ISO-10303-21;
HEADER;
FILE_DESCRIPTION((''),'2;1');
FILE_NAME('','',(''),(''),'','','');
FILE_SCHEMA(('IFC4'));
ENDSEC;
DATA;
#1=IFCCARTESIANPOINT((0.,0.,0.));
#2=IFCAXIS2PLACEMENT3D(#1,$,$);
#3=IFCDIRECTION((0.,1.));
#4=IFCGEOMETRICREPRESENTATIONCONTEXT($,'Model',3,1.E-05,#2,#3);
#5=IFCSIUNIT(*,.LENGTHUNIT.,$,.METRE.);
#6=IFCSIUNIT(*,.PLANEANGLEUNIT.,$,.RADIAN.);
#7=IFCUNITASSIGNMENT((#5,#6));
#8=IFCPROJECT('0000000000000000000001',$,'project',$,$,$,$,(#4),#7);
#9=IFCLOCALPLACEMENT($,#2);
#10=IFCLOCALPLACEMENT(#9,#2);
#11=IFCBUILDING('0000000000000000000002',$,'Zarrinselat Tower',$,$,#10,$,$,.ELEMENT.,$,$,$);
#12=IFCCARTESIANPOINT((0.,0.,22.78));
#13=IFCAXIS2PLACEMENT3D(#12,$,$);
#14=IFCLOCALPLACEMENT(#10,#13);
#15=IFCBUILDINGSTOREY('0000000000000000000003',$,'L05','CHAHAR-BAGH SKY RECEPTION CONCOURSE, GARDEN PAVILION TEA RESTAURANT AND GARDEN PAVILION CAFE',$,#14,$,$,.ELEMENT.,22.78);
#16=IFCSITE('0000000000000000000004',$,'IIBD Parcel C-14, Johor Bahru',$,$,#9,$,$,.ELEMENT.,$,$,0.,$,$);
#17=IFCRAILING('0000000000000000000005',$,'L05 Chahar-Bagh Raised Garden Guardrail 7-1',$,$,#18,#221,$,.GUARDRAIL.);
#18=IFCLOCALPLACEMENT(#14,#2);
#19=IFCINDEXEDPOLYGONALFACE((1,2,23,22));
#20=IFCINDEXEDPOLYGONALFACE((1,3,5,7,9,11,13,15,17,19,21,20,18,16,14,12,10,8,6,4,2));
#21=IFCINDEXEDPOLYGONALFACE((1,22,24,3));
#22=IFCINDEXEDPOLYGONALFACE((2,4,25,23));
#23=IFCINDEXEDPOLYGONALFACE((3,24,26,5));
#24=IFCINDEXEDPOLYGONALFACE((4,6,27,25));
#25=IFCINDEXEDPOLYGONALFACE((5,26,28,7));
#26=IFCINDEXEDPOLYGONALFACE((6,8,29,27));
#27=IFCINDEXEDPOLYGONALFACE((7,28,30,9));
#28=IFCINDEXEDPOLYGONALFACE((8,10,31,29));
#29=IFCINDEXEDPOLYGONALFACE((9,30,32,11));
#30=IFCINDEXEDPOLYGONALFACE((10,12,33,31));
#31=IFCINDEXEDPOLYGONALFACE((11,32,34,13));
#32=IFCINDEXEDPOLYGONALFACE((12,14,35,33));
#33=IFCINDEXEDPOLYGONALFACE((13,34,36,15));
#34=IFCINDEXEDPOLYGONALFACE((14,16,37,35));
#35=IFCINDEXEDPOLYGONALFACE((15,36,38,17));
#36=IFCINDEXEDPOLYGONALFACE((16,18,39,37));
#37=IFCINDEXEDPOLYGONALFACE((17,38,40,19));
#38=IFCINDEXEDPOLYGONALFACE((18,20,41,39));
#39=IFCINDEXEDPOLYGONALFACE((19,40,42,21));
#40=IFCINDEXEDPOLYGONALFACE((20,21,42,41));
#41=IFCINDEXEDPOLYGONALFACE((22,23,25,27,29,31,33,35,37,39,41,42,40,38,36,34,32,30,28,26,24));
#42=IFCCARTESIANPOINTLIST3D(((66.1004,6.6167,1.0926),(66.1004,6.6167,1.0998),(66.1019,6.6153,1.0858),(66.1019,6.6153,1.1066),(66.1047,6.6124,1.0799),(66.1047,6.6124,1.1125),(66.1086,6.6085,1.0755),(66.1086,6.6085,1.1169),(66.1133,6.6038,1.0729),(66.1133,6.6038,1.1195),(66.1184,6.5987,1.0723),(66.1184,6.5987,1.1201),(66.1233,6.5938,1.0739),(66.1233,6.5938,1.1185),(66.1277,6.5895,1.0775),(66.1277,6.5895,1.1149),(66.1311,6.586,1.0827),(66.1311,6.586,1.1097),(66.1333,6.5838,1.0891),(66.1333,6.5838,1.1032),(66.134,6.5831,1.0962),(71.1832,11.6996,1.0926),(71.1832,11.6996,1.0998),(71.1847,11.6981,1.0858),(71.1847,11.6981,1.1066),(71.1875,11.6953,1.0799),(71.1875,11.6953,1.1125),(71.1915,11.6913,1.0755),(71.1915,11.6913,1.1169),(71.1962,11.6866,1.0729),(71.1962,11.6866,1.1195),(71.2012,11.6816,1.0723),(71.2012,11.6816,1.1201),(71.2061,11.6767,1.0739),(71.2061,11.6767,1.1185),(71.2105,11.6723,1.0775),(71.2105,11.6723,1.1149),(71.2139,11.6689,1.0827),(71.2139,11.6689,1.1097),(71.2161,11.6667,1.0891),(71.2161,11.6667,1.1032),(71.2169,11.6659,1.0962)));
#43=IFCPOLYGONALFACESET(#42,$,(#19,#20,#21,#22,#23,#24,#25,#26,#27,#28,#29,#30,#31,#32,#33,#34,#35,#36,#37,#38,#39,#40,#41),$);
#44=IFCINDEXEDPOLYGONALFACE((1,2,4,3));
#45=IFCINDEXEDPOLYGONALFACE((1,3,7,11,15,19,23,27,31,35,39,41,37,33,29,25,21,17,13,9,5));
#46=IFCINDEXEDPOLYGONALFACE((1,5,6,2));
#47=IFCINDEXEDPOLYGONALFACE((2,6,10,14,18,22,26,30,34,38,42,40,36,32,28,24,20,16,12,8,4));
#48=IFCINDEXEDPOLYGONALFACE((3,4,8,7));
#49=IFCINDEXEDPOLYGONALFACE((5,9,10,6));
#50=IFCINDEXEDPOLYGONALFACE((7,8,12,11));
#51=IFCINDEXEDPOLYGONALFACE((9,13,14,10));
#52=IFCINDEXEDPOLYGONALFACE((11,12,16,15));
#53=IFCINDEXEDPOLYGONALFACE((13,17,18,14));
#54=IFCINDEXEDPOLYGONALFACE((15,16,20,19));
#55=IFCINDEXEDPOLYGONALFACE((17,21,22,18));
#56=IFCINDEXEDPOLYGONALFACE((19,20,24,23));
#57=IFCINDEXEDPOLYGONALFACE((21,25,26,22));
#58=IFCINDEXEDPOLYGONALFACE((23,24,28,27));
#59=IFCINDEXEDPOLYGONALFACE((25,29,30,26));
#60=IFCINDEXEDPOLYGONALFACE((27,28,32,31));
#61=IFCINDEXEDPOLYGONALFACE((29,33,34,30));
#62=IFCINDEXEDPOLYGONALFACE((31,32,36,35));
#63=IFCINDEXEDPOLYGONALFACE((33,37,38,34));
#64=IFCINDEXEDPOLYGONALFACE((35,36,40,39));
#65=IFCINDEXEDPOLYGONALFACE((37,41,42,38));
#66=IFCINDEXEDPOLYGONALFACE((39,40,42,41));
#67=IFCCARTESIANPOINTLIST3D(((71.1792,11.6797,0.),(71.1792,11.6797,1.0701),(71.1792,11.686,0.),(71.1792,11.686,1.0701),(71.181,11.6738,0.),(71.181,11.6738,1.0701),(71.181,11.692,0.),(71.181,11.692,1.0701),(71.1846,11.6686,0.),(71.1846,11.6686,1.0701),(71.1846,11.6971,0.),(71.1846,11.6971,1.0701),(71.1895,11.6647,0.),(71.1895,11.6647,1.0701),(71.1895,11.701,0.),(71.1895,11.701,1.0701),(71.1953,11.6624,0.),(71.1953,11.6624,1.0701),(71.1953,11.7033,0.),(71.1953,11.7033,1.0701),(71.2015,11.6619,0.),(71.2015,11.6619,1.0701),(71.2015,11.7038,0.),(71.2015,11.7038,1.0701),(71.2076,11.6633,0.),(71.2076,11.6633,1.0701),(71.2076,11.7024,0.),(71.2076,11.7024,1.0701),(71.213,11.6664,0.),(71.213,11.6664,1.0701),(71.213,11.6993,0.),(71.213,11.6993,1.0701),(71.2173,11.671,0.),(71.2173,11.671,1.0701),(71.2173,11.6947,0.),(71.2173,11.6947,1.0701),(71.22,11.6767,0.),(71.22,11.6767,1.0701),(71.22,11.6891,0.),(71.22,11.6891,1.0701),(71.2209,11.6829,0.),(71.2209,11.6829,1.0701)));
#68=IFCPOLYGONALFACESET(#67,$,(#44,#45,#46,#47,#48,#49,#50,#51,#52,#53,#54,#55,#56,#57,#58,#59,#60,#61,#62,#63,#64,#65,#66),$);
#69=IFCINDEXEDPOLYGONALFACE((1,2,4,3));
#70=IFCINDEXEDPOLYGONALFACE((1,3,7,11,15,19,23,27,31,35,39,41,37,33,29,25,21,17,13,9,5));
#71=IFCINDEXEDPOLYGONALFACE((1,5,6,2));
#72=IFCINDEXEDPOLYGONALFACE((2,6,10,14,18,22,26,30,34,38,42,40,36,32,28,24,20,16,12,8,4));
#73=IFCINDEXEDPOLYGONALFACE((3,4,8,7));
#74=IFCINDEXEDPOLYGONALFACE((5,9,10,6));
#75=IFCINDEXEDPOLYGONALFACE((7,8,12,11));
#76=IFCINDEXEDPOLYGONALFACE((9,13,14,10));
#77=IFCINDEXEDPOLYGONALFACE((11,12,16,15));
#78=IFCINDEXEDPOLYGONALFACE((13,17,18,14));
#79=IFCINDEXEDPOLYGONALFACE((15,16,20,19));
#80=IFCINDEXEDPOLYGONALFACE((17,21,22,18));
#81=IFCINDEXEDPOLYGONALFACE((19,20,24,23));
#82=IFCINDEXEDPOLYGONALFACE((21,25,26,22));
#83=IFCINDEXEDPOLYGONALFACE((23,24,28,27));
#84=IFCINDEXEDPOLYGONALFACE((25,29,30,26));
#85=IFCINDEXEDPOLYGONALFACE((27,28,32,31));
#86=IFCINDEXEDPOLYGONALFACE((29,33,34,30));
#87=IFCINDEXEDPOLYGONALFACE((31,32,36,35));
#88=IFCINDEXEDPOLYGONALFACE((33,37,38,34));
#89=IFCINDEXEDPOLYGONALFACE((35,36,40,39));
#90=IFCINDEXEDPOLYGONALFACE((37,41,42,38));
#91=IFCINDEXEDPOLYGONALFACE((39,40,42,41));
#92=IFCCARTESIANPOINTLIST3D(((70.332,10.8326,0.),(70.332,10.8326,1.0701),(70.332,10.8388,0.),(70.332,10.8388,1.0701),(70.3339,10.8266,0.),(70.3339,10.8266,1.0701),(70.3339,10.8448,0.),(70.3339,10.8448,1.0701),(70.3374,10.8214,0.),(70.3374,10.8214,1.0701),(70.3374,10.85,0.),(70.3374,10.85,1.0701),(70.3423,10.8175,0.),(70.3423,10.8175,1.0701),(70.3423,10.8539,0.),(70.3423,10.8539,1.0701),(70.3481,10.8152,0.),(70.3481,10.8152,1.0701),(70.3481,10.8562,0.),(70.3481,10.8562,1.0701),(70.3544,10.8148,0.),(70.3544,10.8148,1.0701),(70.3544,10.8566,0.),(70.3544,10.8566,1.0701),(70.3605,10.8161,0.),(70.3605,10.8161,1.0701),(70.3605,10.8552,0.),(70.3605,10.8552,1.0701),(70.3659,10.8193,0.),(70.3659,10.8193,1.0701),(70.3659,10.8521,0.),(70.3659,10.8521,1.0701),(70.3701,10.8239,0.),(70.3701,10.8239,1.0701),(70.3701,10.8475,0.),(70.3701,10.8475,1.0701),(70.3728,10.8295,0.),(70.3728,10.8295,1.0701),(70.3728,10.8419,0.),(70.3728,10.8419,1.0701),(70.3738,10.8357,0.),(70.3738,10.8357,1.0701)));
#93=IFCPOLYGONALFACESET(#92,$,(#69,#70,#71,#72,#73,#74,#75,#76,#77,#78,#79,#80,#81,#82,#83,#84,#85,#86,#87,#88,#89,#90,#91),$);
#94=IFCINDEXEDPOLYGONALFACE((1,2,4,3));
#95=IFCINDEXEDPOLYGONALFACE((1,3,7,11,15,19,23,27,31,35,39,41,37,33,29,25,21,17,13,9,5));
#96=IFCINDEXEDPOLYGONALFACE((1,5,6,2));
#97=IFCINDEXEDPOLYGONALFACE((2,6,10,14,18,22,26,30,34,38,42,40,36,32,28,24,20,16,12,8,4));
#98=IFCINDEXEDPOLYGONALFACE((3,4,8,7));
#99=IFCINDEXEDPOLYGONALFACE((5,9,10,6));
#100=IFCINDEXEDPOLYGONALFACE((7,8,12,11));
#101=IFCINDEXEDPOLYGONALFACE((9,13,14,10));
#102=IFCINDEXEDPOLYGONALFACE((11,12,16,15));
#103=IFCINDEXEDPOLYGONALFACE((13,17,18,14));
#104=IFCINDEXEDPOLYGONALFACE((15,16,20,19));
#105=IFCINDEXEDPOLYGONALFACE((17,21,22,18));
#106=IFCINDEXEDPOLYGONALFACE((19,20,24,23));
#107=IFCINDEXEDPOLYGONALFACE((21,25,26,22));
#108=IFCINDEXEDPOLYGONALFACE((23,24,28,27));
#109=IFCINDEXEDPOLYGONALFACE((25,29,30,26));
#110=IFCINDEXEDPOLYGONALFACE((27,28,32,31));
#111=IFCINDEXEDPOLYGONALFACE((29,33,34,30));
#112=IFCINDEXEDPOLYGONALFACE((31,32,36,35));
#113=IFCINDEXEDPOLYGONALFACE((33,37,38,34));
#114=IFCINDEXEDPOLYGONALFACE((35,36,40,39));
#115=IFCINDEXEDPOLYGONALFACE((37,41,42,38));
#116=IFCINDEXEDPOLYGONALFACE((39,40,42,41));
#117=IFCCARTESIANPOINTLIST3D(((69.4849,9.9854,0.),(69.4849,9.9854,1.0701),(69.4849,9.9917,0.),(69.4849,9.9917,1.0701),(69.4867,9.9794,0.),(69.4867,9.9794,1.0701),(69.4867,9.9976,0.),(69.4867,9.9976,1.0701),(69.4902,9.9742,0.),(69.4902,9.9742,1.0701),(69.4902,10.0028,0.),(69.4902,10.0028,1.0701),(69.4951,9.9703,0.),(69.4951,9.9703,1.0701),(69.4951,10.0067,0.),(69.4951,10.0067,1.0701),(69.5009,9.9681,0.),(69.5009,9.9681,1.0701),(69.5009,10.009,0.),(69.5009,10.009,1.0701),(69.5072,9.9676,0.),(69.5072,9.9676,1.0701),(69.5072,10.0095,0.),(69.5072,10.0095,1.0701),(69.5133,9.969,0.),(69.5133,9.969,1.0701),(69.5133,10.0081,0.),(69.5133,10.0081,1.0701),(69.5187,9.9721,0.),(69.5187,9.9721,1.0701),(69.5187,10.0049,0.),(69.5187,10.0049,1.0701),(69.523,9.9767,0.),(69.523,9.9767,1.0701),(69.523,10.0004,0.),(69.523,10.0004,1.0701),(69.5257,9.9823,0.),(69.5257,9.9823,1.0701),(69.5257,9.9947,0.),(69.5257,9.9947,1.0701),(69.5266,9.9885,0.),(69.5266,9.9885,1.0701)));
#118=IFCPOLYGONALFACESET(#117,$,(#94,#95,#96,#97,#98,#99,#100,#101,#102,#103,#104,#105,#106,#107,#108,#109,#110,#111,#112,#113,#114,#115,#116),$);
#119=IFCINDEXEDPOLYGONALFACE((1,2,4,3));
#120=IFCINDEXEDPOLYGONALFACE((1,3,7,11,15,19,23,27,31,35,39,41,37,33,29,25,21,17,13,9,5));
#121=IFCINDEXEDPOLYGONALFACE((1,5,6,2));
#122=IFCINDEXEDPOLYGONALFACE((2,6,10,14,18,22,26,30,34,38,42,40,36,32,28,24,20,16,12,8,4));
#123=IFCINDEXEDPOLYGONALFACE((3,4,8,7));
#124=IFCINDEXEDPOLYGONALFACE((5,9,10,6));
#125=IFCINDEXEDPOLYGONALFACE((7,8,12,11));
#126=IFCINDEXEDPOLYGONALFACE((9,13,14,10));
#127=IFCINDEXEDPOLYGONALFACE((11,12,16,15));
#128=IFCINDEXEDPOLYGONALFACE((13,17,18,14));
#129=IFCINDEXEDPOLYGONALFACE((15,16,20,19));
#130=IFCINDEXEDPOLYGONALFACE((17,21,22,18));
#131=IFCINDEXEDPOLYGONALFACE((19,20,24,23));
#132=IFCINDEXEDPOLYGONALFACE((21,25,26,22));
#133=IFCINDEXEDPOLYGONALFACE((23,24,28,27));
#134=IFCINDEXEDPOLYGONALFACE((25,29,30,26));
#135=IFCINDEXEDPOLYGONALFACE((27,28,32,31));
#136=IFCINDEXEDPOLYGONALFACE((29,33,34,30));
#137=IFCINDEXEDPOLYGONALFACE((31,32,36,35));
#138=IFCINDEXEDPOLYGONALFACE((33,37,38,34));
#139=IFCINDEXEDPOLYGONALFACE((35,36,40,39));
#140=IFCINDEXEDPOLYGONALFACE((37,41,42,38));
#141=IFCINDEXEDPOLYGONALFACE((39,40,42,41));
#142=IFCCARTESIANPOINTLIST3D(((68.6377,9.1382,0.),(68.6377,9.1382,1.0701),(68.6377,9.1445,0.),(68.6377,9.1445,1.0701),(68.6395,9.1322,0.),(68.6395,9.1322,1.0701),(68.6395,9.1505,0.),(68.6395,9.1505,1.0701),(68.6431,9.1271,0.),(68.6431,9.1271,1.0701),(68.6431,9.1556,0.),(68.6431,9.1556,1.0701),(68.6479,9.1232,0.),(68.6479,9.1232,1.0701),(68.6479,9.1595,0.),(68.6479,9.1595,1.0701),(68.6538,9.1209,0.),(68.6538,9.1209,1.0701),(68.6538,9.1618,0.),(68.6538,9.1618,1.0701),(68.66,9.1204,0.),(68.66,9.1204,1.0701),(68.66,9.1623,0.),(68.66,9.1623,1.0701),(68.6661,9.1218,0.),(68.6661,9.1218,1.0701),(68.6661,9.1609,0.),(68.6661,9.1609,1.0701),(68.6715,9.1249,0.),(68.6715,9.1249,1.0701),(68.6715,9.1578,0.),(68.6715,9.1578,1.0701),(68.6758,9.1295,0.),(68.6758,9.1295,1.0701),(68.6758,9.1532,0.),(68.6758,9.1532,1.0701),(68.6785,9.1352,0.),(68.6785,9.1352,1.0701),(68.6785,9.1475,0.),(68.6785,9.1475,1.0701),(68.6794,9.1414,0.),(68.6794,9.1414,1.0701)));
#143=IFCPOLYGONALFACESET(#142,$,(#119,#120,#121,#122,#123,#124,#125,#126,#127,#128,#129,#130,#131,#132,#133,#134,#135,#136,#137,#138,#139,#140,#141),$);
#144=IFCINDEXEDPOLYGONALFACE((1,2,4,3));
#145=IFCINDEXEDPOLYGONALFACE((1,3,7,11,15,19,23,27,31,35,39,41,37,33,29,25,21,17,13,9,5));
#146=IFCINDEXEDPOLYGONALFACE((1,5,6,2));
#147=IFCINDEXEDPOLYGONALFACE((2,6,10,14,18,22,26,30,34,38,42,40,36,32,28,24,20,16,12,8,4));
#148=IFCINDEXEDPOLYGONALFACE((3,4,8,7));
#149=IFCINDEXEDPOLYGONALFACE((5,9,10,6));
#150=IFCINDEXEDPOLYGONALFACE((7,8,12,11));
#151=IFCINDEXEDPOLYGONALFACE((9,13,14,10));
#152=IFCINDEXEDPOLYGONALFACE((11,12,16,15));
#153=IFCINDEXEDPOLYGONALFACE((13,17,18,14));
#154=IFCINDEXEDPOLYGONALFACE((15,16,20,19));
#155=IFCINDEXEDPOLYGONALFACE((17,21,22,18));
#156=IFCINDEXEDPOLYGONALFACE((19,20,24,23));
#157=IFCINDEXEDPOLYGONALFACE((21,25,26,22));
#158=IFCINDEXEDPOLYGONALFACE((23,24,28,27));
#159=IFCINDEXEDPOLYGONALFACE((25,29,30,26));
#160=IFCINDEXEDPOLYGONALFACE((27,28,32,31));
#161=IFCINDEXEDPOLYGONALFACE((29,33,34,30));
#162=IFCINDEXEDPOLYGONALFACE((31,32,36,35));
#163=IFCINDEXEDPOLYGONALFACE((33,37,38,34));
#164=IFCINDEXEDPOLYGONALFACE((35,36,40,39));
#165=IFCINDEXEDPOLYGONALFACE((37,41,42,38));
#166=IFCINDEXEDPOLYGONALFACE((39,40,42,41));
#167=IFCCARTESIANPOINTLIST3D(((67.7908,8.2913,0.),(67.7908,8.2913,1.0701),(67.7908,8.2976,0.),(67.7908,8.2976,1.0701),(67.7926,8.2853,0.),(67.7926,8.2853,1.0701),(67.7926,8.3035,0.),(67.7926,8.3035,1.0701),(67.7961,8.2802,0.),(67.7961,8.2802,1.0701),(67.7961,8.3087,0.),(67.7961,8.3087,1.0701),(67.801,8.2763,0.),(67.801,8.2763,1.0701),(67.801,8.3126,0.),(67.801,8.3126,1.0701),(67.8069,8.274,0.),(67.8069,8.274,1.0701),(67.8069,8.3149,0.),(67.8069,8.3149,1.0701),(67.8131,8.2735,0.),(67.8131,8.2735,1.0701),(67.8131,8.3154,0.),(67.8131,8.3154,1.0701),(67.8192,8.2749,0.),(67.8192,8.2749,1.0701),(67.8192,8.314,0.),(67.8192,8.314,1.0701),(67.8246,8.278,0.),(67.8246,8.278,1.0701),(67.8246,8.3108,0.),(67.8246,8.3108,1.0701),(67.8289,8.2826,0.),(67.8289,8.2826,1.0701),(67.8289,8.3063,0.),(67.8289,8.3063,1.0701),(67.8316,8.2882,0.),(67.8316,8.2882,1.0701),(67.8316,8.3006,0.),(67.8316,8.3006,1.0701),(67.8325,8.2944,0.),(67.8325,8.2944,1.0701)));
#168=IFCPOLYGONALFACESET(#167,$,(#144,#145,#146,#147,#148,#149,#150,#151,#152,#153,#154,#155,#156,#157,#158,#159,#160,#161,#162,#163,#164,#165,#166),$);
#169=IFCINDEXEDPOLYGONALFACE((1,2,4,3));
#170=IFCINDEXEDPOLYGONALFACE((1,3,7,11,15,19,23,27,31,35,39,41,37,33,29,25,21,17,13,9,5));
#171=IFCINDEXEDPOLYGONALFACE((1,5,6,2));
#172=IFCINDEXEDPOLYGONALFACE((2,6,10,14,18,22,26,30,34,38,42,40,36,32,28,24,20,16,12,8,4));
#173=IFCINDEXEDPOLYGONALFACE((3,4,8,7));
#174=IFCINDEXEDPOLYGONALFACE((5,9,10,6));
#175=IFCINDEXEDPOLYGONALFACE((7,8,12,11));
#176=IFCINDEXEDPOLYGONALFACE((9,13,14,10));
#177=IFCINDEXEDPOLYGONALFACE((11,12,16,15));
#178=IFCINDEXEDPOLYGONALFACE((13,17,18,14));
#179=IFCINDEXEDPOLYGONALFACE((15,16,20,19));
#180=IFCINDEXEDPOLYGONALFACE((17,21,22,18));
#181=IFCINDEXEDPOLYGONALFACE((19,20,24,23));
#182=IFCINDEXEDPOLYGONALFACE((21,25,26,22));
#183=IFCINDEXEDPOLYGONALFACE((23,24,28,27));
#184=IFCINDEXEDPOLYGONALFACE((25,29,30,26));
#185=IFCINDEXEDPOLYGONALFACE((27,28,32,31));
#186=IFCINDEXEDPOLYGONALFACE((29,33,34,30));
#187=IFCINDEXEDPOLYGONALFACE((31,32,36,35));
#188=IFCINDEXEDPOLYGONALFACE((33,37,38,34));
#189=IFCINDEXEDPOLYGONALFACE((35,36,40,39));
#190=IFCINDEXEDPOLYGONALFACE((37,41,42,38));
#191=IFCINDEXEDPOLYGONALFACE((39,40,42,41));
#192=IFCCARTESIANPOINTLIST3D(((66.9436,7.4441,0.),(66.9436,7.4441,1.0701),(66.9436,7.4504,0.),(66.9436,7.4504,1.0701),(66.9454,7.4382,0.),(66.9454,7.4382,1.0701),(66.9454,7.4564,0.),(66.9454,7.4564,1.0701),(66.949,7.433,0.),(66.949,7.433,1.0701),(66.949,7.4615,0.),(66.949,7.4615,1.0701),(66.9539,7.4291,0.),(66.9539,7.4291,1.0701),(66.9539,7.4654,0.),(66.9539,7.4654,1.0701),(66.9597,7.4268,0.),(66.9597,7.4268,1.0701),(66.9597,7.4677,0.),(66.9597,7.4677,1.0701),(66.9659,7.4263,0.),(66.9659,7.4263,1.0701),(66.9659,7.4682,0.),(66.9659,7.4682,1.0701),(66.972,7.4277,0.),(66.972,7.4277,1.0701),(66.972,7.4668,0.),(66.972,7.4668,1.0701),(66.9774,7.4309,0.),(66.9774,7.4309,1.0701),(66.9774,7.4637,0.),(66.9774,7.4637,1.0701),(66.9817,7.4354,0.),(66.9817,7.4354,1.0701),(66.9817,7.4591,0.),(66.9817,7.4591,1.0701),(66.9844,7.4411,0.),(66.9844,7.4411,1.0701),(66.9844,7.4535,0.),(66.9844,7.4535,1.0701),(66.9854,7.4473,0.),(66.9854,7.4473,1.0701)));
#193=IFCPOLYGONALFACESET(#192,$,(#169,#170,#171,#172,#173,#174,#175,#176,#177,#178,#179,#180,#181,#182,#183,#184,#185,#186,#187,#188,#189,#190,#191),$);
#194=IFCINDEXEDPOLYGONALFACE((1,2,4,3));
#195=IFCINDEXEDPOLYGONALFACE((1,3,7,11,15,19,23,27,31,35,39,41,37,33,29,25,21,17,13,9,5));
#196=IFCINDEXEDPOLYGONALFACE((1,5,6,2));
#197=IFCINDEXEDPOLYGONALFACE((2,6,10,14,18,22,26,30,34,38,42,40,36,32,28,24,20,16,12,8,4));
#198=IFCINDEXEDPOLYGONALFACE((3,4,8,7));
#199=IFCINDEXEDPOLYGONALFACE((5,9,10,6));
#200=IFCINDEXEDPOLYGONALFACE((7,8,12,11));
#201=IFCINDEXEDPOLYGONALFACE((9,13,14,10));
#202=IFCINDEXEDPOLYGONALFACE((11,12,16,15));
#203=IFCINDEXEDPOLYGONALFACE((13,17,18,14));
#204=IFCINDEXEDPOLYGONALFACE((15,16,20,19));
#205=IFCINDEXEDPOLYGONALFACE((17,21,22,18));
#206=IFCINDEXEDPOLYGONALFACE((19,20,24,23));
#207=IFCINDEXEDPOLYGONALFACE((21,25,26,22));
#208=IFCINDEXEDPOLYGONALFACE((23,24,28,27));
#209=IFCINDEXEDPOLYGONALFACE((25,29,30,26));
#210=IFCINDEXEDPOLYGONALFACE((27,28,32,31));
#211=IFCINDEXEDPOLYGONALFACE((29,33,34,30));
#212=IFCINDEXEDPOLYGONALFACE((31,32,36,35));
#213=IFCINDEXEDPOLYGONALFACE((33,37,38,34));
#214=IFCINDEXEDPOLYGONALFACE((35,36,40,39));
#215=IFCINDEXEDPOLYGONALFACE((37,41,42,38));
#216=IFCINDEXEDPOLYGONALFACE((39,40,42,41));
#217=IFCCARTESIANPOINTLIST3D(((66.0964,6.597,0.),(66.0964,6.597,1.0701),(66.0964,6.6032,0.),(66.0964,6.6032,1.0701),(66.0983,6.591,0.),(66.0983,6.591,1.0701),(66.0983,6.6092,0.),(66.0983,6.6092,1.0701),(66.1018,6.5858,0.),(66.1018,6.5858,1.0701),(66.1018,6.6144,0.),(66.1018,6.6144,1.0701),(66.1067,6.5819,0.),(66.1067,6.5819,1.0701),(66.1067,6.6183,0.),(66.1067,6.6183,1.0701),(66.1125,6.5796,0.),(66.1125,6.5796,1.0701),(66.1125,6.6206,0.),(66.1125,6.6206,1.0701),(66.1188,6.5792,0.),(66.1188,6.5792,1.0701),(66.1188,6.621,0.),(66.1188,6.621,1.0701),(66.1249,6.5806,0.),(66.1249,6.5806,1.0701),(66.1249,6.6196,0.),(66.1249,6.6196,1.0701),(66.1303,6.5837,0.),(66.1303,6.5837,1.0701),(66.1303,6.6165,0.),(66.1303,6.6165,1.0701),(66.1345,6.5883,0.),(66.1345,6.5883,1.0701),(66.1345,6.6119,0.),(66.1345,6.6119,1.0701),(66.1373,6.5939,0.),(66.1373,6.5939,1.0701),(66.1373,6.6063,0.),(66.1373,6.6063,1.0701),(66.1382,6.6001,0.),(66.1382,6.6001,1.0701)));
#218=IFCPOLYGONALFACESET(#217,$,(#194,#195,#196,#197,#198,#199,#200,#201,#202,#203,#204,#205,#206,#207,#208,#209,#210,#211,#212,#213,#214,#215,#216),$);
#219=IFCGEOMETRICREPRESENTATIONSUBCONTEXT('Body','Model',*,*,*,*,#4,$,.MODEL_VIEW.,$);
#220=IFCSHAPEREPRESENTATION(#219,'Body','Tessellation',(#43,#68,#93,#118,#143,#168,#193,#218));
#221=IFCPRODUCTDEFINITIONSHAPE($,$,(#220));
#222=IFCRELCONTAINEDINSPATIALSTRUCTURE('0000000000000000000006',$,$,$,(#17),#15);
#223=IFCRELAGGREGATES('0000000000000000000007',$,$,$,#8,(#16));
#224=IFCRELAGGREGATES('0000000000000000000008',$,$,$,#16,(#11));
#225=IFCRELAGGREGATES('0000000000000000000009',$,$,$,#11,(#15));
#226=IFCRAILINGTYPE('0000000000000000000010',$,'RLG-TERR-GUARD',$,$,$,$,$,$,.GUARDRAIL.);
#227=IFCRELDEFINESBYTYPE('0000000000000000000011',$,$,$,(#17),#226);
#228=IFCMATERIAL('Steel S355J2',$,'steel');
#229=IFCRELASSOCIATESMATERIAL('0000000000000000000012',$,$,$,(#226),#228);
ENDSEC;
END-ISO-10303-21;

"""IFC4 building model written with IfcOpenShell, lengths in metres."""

from ifc_helpers import new_model, si_unit, direction, frame, origin, origin_2d, place, context, subcontext, project, spatial, circle, extrude, material, type_object, element, save


model = new_model("IFC4")

# Units and contexts
model_context = context("Model", 3, precision=1e-05, world=origin(), true_north=direction((0.0, 1.0)))
body_context = subcontext(model_context, "Body", "Model", "MODEL_VIEW")
ifc_project = project(units=[si_unit("LENGTHUNIT", "METRE"), si_unit("PLANEANGLEUNIT", "RADIAN")], contexts=[model_context])

# Site, building, storey
site_placement = place(None, origin())
site = spatial("IfcSite", under=ifc_project, at=site_placement, Name="IIBD Parcel C-14, Johor Bahru", CompositionType="ELEMENT", RefElevation=0.0)
building_placement = place(site_placement, origin())
building = spatial("IfcBuilding", under=site, at=building_placement, Name="Zarrinselat Tower", CompositionType="ELEMENT")
storey_placement = place(building_placement, frame((0.0, 0.0, 22.78)))
storey = spatial("IfcBuildingStorey", under=building, at=storey_placement, Name="L05", Description="CHAHAR-BAGH SKY RECEPTION CONCOURSE, GARDEN PAVILION TEA RESTAURANT AND GARDEN PAVILION CAFE", CompositionType="ELEMENT", Elevation=22.78)

# Railing
ifc_material_1 = material(Name="Steel S355J2", Category="steel")
railing_type = type_object("IfcRailingType", Name="RLG-TERR-GUARD", PredefinedType="GUARDRAIL", material=ifc_material_1)
railing_1_placement = place(storey_placement, frame((71.2, 11.6829, 0.0)))
element("IfcRailing", 1, at=railing_1_placement, inside=storey, type_object=railing_type, Name="L05 Chahar-Bagh Raised Garden Guardrail 7-1", PredefinedType="GUARDRAIL", context=body_context, shape_type="SweptSolid", body=[
    extrude(circle(Radius=0.0239, at=origin_2d()), frame((0.0, 0.0, 1.0962), z_axis=(-0.707107, -0.707107, 0.0), x_axis=(0.707107, -0.707107, 0.0)), (0.0, 0.0, 1.0), 7.1882),
    extrude(circle(Radius=0.021, at=origin_2d()), origin(), (0.0, 0.0, 1.0), 1.0701),
    extrude(circle(Radius=0.021, at=origin_2d()), frame((-0.8472, -0.8472, 0.0)), (0.0, 0.0, 1.0), 1.0701),
    extrude(circle(Radius=0.021, at=origin_2d()), frame((-1.6943, -1.6943, 0.0)), (0.0, 0.0, 1.0), 1.0701),
    extrude(circle(Radius=0.021, at=origin_2d()), frame((-2.5415, -2.5415, 0.0)), (0.0, 0.0, 1.0), 1.0701),
    extrude(circle(Radius=0.021, at=origin_2d()), frame((-3.3884, -3.3884, 0.0)), (0.0, 0.0, 1.0), 1.0701),
    extrude(circle(Radius=0.021, at=origin_2d()), frame((-4.2356, -4.2356, 0.0)), (0.0, 0.0, 1.0), 1.0701),
    extrude(circle(Radius=0.021, at=origin_2d()), frame((-5.0828, -5.0828, 0.0)), (0.0, 0.0, 1.0), 1.0701),
])

save(model, "model.ifc")
